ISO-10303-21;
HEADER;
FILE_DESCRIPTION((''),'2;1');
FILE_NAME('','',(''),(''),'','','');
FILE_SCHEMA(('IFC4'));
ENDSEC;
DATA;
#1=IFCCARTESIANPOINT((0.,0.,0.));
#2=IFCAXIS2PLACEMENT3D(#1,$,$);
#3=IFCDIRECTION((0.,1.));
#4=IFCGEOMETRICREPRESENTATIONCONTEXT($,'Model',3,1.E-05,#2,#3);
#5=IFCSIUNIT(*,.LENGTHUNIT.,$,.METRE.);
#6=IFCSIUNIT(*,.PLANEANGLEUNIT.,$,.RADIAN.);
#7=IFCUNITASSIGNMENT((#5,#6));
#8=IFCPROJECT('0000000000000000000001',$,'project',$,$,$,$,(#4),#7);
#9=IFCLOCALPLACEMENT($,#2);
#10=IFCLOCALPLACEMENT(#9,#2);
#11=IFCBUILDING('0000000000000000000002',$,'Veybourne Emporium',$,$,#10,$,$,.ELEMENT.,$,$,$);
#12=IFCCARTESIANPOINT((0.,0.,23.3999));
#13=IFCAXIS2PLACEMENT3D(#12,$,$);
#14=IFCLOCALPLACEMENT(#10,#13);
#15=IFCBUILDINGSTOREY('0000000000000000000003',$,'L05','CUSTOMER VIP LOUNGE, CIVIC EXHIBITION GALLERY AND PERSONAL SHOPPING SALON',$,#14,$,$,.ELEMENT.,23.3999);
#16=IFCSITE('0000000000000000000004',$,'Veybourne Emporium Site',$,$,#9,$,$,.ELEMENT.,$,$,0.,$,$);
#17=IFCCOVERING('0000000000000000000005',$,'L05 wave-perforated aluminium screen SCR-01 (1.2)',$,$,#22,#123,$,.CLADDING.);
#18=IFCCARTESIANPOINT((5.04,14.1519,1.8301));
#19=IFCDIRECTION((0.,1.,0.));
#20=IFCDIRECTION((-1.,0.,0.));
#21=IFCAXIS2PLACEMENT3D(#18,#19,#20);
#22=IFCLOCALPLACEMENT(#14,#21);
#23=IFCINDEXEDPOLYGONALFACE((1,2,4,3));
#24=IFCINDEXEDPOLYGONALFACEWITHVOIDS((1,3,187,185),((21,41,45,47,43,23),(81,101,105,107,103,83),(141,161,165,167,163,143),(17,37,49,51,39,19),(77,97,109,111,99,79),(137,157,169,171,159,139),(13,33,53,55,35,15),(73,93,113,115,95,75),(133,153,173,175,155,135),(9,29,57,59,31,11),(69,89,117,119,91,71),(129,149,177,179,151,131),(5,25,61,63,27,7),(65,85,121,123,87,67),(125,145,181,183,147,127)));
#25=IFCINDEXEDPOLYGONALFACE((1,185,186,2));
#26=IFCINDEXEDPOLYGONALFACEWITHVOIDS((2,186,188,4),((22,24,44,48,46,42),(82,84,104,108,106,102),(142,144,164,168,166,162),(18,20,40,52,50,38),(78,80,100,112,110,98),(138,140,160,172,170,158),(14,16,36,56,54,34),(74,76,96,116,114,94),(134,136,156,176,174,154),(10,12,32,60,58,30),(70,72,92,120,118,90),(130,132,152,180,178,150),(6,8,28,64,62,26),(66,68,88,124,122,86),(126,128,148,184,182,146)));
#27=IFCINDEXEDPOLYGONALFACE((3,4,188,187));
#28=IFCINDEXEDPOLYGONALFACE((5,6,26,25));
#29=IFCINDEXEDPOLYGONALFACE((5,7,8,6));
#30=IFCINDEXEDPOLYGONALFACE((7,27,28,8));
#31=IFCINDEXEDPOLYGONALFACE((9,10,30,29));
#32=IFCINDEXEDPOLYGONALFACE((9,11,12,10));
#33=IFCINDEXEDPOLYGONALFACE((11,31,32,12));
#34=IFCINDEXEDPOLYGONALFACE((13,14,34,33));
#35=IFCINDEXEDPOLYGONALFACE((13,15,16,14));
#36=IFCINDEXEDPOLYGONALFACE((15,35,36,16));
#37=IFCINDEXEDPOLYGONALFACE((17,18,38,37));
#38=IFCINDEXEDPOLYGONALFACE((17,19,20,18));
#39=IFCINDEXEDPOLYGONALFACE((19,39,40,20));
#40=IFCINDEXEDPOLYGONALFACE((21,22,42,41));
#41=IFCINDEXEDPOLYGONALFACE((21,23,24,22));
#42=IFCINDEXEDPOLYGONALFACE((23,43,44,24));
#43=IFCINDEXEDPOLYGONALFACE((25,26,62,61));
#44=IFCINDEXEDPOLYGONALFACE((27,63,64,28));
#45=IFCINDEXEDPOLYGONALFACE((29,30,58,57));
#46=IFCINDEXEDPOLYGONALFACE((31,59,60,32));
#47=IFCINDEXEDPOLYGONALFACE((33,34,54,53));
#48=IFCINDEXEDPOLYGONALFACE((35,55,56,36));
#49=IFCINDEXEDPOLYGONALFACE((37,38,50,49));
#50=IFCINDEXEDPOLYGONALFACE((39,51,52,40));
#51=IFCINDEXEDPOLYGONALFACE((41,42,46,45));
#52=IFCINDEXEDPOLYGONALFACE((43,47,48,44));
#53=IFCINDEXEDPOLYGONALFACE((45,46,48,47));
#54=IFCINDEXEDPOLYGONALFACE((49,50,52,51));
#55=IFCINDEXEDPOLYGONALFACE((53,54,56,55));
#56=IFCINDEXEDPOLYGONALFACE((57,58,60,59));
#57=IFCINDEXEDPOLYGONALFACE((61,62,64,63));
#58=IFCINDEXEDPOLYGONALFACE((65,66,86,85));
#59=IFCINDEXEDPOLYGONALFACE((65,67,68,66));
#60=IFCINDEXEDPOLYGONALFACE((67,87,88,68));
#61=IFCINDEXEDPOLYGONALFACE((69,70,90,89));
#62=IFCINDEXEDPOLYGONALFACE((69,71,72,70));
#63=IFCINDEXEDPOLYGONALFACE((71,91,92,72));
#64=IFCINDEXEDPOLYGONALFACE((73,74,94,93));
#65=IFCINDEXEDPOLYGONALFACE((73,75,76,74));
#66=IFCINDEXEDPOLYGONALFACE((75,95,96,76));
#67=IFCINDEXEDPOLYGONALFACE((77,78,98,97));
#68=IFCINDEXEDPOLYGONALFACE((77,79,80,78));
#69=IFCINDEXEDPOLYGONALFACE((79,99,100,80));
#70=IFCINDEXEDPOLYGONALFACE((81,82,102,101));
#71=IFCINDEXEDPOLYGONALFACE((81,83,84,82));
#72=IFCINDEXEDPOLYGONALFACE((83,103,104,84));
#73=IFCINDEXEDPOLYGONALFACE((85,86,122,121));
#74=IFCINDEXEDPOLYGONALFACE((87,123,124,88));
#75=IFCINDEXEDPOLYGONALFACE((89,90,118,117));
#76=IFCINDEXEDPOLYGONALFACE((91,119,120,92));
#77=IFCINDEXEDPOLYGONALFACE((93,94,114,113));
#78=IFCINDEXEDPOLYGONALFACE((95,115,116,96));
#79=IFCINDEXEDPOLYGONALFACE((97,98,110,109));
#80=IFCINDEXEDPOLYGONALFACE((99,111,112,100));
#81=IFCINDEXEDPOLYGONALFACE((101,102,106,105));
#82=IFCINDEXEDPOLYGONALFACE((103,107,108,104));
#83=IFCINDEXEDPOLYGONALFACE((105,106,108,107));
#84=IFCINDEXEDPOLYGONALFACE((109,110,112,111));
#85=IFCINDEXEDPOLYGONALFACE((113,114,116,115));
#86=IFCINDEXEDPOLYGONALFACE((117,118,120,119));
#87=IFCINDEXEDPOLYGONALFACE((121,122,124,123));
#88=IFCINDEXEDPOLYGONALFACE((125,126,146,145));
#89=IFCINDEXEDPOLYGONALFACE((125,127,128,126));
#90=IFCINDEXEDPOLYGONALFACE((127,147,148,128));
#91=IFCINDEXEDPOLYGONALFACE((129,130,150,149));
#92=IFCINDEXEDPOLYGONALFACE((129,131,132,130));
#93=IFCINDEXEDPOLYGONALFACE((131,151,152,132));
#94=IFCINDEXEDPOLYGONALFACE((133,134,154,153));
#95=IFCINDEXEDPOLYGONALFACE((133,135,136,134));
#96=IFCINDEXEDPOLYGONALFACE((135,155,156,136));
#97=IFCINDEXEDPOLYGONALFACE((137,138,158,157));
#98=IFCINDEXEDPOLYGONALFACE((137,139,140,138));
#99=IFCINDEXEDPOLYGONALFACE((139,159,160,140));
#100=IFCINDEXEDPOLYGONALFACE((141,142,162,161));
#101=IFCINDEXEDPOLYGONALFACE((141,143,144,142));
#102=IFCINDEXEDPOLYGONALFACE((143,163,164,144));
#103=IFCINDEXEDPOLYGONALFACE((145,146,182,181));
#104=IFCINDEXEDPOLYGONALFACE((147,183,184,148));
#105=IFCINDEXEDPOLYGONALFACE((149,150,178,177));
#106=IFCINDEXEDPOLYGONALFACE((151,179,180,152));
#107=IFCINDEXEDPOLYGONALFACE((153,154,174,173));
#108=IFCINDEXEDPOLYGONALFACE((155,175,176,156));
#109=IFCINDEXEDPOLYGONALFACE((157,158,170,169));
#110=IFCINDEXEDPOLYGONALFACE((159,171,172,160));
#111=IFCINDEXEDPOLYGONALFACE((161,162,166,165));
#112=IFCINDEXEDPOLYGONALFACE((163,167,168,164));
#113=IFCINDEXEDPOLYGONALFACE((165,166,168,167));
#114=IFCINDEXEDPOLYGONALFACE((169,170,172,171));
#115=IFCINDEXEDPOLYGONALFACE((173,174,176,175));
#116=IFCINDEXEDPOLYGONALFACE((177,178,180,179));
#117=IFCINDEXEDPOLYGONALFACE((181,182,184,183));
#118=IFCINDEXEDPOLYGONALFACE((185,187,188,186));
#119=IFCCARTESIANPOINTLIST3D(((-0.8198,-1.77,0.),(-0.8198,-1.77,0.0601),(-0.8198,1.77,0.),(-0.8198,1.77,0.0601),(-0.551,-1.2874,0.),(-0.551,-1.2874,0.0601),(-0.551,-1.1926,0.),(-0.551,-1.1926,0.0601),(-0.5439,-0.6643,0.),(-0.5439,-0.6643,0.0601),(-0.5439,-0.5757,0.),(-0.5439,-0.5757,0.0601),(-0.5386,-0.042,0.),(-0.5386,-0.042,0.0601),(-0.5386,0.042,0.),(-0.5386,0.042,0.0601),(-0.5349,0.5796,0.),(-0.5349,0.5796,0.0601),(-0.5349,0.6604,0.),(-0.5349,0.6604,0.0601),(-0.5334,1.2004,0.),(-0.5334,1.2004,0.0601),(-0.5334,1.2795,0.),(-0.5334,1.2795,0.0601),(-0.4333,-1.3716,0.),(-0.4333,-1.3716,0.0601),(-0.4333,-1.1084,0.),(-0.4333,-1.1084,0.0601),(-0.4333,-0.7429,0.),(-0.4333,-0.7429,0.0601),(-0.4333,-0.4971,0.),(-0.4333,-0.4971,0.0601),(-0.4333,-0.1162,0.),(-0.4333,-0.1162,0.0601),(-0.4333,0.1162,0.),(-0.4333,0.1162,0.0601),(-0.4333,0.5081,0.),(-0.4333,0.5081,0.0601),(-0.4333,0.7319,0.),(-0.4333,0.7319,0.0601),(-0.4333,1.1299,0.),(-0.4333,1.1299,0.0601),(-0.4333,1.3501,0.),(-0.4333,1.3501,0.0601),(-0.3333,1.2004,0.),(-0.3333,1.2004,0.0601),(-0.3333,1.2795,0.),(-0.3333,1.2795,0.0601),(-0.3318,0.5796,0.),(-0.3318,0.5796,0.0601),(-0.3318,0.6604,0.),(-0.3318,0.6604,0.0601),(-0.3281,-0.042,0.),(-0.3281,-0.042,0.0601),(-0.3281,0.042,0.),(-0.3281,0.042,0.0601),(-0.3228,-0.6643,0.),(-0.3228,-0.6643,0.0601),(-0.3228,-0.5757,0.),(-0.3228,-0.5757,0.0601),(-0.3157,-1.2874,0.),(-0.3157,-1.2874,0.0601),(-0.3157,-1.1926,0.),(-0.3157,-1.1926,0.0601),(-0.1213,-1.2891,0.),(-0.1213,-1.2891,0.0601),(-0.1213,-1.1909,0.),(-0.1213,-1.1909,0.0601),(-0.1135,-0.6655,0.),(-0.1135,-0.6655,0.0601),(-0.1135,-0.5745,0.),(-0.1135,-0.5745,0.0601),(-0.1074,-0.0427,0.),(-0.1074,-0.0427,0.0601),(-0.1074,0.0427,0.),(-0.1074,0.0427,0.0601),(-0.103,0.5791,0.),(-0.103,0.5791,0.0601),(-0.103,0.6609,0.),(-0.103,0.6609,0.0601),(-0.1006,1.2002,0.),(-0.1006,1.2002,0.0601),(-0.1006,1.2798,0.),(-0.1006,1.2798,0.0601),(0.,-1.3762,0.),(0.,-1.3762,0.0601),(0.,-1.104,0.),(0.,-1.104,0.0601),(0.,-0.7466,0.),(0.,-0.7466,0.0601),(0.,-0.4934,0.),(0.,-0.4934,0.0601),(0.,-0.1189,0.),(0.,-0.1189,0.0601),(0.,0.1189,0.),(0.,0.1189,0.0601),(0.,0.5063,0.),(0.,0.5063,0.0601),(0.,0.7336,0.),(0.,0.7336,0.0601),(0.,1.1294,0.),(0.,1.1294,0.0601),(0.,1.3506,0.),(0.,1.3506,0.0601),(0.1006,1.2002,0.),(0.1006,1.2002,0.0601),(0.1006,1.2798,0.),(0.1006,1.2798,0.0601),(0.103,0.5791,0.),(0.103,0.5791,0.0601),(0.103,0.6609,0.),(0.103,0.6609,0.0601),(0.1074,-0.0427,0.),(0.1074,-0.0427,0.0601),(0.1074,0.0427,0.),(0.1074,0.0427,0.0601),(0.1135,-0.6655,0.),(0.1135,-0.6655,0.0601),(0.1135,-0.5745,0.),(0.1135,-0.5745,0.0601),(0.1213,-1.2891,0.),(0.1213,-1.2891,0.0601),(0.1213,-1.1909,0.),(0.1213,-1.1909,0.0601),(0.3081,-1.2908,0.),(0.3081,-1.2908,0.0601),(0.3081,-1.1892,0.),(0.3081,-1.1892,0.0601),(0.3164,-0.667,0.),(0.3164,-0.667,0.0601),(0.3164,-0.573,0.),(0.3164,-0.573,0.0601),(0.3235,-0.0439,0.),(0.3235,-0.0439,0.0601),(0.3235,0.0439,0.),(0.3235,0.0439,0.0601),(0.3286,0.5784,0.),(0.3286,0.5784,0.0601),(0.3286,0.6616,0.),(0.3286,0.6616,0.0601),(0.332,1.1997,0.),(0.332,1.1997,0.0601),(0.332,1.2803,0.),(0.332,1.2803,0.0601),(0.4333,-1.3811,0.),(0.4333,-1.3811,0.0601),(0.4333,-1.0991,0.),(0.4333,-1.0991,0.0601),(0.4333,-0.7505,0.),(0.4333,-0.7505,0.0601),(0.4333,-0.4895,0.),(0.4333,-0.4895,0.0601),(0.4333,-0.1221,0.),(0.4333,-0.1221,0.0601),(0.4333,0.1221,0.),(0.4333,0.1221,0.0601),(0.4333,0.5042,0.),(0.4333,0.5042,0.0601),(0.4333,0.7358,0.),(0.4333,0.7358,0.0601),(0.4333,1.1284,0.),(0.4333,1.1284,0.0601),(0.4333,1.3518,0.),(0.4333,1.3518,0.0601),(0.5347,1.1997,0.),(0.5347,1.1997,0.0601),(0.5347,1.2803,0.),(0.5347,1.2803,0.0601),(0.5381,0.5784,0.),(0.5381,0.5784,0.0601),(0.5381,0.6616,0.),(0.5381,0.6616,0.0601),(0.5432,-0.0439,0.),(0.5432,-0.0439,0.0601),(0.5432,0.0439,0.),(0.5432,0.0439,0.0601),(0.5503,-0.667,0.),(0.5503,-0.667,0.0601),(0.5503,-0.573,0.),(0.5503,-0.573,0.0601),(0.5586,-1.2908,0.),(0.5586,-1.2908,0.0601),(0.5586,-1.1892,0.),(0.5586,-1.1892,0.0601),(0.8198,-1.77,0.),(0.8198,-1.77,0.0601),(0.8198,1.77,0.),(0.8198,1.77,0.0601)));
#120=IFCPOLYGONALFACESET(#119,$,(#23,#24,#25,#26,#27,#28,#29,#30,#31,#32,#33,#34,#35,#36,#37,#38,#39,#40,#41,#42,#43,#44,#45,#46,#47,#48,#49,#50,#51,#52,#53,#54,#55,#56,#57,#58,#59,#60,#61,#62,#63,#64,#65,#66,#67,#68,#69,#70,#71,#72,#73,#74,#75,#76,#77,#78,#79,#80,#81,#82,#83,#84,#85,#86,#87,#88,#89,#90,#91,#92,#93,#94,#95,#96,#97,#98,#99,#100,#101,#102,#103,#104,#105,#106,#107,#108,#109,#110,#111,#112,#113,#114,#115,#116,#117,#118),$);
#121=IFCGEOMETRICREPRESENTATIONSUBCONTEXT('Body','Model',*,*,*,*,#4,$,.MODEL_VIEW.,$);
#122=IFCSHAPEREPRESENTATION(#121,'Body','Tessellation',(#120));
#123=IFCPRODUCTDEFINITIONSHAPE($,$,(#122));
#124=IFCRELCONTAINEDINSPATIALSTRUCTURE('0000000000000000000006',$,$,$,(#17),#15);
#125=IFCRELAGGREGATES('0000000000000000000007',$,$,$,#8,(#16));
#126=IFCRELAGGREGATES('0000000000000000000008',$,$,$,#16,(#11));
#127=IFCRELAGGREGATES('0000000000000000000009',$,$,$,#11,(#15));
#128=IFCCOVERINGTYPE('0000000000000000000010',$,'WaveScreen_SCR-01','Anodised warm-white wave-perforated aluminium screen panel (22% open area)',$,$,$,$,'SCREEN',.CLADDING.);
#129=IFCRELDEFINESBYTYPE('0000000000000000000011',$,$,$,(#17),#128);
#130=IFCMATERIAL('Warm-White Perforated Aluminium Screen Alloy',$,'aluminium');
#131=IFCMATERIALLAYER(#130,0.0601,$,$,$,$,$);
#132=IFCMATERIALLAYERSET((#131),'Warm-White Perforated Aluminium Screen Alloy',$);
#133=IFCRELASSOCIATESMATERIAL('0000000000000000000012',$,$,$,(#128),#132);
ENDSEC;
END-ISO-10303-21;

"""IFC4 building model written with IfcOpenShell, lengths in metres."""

from ifc_helpers import new_model, si_unit, direction, frame, origin, place, context, subcontext, project, spatial, polyline, outline, extrude, material, layer, layer_set, type_object, element, save


model = new_model("IFC4")

# Units and contexts
model_context = context("Model", 3, precision=1e-05, world=origin(), true_north=direction((0.0, 1.0)))
body_context = subcontext(model_context, "Body", "Model", "MODEL_VIEW")
ifc_project = project(units=[si_unit("LENGTHUNIT", "METRE"), si_unit("PLANEANGLEUNIT", "RADIAN")], contexts=[model_context])

# Site, building, storey
site_placement = place(None, origin())
site = spatial("IfcSite", under=ifc_project, at=site_placement, Name="Veybourne Emporium Site", CompositionType="ELEMENT", RefElevation=0.0)
building_placement = place(site_placement, origin())
building = spatial("IfcBuilding", under=site, at=building_placement, Name="Veybourne Emporium", CompositionType="ELEMENT")
storey_placement = place(building_placement, frame((0.0, 0.0, 23.3999)))
storey = spatial("IfcBuildingStorey", under=building, at=storey_placement, Name="L05", Description="CUSTOMER VIP LOUNGE, CIVIC EXHIBITION GALLERY AND PERSONAL SHOPPING SALON", CompositionType="ELEMENT", Elevation=23.3999)

# Covering
ifc_material_1 = material(Name="Warm-White Perforated Aluminium Screen Alloy", Category="aluminium")
ifc_layer_1 = layer(ifc_material_1, 0.0601)
ifc_layer_set_1 = layer_set([ifc_layer_1], Name="Warm-White Perforated Aluminium Screen Alloy")
covering_type_1 = type_object("IfcCoveringType", Name="WaveScreen_SCR-01", Description="Anodised warm-white wave-perforated aluminium screen panel (22% open area)", ElementType="SCREEN", PredefinedType="CLADDING", material=ifc_layer_set_1)
covering_1_placement = place(storey_placement, frame((5.04, 14.1519, 1.8301), z_axis=(0.0, 1.0, 0.0), x_axis=(-1.0, 0.0, 0.0)))
element("IfcCovering", 1, at=covering_1_placement, inside=storey, type_object=covering_type_1, Name="L05 wave-perforated aluminium screen SCR-01 (1.2)", PredefinedType="CLADDING", context=body_context, shape_type="SweptSolid", body=[
    extrude(outline(polyline([(-0.8198, -1.77), (0.8198, -1.77), (0.8198, 1.77), (-0.8198, 1.77), (-0.8198, -1.77)]), holes=[polyline([(-0.4333, -1.1084), (-0.3157, -1.1926), (-0.3157, -1.2874), (-0.4333, -1.3716), (-0.551, -1.2874), (-0.551, -1.1926), (-0.4333, -1.1084)]), polyline([(-0.4333, -0.4971), (-0.3228, -0.5757), (-0.3228, -0.6643), (-0.4333, -0.7429), (-0.5439, -0.6643), (-0.5439, -0.5757), (-0.4333, -0.4971)]), polyline([(-0.4333, 0.1162), (-0.3281, 0.042), (-0.3281, -0.042), (-0.4333, -0.1162), (-0.5386, -0.042), (-0.5386, 0.042), (-0.4333, 0.1162)]), polyline([(-0.4333, 0.7319), (-0.3318, 0.6604), (-0.3318, 0.5796), (-0.4333, 0.5081), (-0.5349, 0.5796), (-0.5349, 0.6604), (-0.4333, 0.7319)]), polyline([(-0.4333, 1.3501), (-0.3333, 1.2795), (-0.3333, 1.2004), (-0.4333, 1.1299), (-0.5334, 1.2004), (-0.5334, 1.2795), (-0.4333, 1.3501)]), polyline([(0.0, -1.104), (0.1213, -1.1909), (0.1213, -1.2891), (0.0, -1.3762), (-0.1213, -1.2891), (-0.1213, -1.1909), (0.0, -1.104)]), polyline([(0.0, -0.4934), (0.1135, -0.5745), (0.1135, -0.6655), (0.0, -0.7466), (-0.1135, -0.6655), (-0.1135, -0.5745), (0.0, -0.4934)]), polyline([(0.0, 0.1189), (0.1074, 0.0427), (0.1074, -0.0427), (0.0, -0.1189), (-0.1074, -0.0427), (-0.1074, 0.0427), (0.0, 0.1189)]), polyline([(0.0, 0.7336), (0.103, 0.6609), (0.103, 0.5791), (0.0, 0.5063), (-0.103, 0.5791), (-0.103, 0.6609), (0.0, 0.7336)]), polyline([(0.0, 1.3506), (0.1006, 1.2798), (0.1006, 1.2002), (0.0, 1.1294), (-0.1006, 1.2002), (-0.1006, 1.2798), (0.0, 1.3506)]), polyline([(0.4333, -1.0991), (0.5586, -1.1892), (0.5586, -1.2908), (0.4333, -1.3811), (0.3081, -1.2908), (0.3081, -1.1892), (0.4333, -1.0991)]), polyline([(0.4333, -0.4895), (0.5503, -0.573), (0.5503, -0.667), (0.4333, -0.7505), (0.3164, -0.667), (0.3164, -0.573), (0.4333, -0.4895)]), polyline([(0.4333, 0.1221), (0.5432, 0.0439), (0.5432, -0.0439), (0.4333, -0.1221), (0.3235, -0.0439), (0.3235, 0.0439), (0.4333, 0.1221)]), polyline([(0.4333, 0.7358), (0.5381, 0.6616), (0.5381, 0.5784), (0.4333, 0.5042), (0.3286, 0.5784), (0.3286, 0.6616), (0.4333, 0.7358)]), polyline([(0.4333, 1.3518), (0.5347, 1.2803), (0.5347, 1.1997), (0.4333, 1.1284), (0.332, 1.1997), (0.332, 1.2803), (0.4333, 1.3518)])]), origin(), (0.0, 0.0, 1.0), 0.0601),
])

save(model, "model.ifc")
